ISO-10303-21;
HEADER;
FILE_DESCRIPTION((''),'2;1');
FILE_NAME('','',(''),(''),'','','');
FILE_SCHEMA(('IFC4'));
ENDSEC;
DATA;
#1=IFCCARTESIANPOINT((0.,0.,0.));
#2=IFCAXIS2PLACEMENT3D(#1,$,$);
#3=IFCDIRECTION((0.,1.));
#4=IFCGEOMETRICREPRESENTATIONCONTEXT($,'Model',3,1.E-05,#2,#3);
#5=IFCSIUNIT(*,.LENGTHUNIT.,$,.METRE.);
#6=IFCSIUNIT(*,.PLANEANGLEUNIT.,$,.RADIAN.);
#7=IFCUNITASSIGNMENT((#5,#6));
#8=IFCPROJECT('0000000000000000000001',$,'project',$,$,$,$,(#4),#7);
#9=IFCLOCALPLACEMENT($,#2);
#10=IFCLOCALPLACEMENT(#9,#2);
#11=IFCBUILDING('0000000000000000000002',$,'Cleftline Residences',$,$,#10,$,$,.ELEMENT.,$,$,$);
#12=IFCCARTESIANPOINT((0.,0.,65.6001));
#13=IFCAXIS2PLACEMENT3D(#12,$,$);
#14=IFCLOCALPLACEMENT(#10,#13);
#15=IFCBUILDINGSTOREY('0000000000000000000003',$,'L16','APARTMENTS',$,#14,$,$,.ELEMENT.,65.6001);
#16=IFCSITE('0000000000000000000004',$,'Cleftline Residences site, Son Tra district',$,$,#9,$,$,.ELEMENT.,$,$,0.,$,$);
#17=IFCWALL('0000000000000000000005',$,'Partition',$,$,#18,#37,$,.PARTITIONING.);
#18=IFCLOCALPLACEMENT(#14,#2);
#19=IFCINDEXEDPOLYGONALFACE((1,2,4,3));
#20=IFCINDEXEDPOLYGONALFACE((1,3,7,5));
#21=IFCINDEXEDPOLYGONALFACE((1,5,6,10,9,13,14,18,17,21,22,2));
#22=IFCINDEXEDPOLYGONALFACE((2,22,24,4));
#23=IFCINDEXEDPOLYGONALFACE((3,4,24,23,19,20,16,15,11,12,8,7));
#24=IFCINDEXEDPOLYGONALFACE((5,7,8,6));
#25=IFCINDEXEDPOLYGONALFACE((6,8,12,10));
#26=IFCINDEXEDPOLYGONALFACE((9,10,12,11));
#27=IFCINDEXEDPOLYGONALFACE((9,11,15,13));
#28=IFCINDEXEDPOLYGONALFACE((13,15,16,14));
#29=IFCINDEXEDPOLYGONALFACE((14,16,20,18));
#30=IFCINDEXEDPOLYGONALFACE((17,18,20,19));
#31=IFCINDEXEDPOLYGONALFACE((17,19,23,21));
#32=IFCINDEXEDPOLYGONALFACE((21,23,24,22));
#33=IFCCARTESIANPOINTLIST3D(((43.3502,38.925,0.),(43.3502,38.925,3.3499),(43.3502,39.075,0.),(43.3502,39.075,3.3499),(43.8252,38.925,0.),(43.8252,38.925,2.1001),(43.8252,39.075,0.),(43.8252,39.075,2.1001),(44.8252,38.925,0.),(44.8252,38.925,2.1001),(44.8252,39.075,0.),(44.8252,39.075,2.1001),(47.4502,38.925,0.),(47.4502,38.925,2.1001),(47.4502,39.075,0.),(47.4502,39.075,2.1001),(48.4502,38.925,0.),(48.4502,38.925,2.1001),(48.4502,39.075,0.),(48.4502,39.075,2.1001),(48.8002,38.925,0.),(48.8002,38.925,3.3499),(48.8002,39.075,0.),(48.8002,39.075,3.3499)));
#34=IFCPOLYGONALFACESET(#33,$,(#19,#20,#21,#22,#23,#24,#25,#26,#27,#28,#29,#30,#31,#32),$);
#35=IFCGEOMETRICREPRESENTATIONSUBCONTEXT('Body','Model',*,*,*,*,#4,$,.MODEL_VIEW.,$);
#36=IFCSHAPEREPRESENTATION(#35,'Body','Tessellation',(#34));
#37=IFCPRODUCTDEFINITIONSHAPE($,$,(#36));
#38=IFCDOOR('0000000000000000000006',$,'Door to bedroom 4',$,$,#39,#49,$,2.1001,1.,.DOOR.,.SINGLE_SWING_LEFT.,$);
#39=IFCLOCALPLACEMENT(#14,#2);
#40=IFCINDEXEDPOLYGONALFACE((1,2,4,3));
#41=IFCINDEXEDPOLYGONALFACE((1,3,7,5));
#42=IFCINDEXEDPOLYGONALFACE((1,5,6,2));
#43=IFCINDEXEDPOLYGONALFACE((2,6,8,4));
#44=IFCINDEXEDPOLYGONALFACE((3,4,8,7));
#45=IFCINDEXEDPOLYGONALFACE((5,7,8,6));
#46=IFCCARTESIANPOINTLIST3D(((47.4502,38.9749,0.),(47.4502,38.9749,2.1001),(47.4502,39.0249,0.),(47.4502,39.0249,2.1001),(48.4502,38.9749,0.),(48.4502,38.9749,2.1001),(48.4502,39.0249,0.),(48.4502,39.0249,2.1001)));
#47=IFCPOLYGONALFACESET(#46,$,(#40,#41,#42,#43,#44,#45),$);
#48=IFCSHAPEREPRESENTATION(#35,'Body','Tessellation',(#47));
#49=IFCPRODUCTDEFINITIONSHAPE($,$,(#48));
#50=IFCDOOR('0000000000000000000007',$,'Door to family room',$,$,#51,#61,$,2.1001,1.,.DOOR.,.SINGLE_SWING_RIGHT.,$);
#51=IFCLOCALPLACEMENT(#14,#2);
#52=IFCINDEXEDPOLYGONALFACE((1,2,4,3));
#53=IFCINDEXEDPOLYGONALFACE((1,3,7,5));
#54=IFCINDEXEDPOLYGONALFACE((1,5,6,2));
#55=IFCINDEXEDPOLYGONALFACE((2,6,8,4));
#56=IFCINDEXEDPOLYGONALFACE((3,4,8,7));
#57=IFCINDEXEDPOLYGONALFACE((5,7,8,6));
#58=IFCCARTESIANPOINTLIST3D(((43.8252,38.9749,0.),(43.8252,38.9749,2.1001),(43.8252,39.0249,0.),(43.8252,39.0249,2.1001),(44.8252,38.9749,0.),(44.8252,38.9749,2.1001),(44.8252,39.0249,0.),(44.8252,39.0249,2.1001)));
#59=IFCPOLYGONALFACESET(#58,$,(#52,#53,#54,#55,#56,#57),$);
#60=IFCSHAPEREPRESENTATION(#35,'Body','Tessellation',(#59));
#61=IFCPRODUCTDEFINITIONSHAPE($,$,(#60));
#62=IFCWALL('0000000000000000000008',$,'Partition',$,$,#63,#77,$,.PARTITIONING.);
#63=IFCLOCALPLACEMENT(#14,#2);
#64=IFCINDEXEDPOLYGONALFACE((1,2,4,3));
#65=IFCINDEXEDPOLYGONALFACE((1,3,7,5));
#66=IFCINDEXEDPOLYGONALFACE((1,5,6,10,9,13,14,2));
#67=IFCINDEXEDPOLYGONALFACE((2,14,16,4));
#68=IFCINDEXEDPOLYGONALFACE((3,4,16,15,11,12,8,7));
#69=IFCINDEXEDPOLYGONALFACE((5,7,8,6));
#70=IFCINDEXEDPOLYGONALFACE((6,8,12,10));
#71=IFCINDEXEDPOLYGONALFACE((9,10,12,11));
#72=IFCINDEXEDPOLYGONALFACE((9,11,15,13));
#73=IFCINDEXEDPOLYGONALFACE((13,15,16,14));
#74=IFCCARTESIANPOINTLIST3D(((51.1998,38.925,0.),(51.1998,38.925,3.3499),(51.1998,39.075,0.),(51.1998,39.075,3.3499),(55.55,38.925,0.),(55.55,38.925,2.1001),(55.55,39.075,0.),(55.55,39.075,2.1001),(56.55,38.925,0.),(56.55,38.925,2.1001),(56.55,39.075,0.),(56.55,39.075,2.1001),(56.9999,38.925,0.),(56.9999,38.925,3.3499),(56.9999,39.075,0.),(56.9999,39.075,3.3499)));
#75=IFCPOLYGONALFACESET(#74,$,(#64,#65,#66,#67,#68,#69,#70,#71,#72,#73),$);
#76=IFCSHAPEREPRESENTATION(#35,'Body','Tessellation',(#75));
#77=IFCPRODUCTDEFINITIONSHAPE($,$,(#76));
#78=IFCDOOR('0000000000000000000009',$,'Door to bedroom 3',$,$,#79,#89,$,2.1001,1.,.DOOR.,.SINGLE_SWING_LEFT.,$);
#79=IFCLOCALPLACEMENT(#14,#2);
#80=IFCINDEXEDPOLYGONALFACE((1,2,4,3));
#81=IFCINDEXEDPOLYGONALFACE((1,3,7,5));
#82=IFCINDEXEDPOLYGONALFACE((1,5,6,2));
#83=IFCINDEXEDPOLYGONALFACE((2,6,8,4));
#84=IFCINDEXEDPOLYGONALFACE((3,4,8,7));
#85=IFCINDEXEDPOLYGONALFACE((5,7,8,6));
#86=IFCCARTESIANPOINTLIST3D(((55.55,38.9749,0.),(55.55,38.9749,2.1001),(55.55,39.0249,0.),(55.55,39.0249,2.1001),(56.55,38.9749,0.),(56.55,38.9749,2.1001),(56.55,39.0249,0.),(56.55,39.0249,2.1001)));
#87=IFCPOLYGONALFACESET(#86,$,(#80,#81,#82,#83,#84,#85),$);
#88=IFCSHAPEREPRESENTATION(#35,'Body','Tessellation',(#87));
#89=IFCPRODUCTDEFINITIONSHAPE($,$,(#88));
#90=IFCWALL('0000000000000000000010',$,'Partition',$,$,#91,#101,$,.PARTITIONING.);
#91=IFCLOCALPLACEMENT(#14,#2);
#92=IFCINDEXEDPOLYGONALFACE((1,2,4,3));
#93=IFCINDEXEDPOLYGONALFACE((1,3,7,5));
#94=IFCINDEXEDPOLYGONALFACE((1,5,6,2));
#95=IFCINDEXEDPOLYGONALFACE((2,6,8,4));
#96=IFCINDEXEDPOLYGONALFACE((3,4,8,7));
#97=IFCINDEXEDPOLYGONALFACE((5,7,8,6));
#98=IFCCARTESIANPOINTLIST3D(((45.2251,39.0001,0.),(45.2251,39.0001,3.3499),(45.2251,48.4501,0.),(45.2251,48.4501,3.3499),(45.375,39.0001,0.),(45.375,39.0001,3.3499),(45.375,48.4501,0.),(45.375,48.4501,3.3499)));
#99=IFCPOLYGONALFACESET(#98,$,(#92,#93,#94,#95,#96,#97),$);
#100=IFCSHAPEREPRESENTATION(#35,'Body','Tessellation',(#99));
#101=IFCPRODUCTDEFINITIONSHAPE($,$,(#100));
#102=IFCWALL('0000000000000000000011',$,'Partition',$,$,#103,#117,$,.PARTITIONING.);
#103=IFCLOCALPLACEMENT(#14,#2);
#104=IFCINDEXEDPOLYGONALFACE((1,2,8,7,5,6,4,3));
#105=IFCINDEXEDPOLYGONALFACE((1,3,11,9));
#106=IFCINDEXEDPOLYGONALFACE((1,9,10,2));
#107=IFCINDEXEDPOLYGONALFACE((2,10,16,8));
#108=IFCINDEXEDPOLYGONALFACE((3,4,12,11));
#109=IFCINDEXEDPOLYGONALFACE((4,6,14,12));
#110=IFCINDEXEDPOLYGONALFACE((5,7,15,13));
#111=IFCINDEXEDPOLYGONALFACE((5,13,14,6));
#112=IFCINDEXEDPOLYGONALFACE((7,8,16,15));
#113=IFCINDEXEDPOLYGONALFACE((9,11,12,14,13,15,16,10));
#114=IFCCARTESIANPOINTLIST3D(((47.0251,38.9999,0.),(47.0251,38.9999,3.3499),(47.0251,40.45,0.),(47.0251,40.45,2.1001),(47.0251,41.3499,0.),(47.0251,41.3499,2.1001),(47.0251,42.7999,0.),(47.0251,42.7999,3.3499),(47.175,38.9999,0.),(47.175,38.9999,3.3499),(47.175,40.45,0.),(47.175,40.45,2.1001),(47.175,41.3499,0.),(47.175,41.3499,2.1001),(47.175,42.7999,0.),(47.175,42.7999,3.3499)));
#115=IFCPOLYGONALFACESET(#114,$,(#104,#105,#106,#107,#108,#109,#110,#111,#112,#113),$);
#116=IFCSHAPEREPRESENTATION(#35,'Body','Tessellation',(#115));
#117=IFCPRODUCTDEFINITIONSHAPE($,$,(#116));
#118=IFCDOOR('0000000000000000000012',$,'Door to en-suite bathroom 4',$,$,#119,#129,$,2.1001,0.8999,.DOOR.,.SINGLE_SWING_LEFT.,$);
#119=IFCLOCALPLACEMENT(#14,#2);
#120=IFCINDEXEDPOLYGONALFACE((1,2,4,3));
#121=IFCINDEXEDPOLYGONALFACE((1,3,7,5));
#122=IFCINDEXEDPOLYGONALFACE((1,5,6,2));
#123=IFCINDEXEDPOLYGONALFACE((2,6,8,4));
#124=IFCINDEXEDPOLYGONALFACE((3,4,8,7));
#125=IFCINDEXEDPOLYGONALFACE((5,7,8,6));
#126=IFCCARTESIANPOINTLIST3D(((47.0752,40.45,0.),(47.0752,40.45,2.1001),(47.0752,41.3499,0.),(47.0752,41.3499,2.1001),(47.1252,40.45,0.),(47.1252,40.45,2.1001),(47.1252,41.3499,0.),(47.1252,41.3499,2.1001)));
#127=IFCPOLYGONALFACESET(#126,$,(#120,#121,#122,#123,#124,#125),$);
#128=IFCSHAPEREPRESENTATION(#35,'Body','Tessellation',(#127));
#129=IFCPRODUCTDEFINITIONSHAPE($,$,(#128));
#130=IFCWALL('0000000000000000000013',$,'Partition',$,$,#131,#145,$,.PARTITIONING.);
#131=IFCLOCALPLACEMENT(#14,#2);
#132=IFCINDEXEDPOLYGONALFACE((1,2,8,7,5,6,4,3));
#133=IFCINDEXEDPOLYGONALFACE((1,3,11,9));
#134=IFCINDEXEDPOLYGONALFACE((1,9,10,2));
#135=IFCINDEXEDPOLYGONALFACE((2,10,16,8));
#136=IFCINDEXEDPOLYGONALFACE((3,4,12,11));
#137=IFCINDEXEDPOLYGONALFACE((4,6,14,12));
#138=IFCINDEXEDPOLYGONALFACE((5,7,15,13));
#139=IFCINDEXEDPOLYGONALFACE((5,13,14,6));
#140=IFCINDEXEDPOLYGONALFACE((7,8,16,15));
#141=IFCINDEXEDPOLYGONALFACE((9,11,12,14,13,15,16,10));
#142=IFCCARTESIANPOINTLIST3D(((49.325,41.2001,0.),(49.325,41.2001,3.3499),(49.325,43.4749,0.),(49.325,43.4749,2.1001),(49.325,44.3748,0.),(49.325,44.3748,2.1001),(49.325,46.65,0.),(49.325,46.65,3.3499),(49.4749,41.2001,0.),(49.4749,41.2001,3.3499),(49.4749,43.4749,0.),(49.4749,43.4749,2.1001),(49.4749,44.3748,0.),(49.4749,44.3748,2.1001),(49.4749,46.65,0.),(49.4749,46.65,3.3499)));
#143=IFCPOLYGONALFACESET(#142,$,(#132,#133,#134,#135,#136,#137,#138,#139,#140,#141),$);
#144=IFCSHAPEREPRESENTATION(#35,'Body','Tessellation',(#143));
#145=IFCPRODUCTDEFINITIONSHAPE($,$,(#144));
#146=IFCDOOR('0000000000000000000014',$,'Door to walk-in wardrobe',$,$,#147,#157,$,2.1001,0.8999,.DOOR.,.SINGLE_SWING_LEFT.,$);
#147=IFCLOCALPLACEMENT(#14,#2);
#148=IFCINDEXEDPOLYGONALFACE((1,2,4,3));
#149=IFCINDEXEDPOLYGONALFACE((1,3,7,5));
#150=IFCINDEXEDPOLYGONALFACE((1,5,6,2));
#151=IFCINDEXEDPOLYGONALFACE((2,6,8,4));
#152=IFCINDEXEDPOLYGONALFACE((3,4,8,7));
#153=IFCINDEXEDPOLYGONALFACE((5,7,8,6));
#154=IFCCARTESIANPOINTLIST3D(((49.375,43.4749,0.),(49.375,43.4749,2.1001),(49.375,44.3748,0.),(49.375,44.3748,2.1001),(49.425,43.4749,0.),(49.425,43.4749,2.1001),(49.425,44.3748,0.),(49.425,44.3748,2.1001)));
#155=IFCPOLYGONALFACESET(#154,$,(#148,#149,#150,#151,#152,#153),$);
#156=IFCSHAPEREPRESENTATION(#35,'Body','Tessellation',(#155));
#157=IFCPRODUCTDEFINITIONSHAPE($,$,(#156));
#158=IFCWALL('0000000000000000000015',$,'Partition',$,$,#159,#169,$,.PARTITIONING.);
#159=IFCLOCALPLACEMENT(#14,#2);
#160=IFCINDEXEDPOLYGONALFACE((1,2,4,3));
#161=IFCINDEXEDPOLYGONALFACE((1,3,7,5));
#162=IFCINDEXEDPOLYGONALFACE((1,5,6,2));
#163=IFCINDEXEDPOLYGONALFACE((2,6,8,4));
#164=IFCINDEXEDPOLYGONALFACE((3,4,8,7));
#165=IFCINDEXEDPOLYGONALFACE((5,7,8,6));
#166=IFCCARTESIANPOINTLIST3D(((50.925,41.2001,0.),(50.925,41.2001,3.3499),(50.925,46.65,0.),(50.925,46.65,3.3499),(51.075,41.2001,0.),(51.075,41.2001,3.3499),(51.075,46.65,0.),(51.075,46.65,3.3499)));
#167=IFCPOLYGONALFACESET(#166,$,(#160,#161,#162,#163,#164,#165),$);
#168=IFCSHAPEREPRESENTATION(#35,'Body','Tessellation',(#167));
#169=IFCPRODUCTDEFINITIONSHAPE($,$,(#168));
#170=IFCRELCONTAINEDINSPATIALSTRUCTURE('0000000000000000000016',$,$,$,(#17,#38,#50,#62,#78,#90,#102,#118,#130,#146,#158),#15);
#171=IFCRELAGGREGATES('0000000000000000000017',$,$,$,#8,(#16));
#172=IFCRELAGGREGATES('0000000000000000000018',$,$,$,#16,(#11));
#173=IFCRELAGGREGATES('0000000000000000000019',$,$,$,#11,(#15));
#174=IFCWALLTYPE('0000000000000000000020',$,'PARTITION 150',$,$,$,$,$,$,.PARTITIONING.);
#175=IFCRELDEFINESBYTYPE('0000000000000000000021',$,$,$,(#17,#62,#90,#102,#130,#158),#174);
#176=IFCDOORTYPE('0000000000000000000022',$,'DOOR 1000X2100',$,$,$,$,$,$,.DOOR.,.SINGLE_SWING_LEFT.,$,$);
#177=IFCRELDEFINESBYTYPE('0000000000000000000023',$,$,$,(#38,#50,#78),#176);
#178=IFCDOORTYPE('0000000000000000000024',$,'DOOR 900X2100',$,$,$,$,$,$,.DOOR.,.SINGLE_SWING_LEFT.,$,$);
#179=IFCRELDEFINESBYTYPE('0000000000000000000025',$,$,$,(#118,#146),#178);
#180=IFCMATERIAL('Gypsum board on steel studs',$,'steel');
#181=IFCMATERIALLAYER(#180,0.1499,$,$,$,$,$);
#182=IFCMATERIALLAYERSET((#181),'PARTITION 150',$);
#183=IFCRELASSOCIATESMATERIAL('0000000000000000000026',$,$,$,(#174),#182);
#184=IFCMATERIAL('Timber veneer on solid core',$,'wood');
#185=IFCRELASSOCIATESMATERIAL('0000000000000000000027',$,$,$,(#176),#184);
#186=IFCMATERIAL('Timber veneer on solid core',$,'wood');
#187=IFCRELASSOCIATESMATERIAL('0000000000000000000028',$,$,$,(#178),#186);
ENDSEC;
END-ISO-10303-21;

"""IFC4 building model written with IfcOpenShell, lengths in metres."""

from ifc_helpers import new_model, si_unit, direction, frame, frame_2d, origin, place, context, subcontext, project, spatial, rectangle, extrude, material, layer, layer_set, type_object, element, fill, save


model = new_model("IFC4")

# Units and contexts
model_context = context("Model", 3, precision=1e-05, world=origin(), true_north=direction((0.0, 1.0)))
body_context = subcontext(model_context, "Body", "Model", "MODEL_VIEW")
ifc_project = project(units=[si_unit("LENGTHUNIT", "METRE"), si_unit("PLANEANGLEUNIT", "RADIAN")], contexts=[model_context])

# Site, building, storey
site_placement = place(None, origin())
site = spatial("IfcSite", under=ifc_project, at=site_placement, Name="Cleftline Residences site, Son Tra district", CompositionType="ELEMENT", RefElevation=0.0)
building_placement = place(site_placement, origin())
building = spatial("IfcBuilding", under=site, at=building_placement, Name="Cleftline Residences", CompositionType="ELEMENT")
storey_placement = place(building_placement, frame((0.0, 0.0, 65.6001)))
storey = spatial("IfcBuildingStorey", under=building, at=storey_placement, Name="L16", Description="APARTMENTS", CompositionType="ELEMENT", Elevation=65.6001)

# Wall, openings, doors
ifc_material_1 = material(Name="Gypsum board on steel studs", Category="steel")
ifc_layer_1 = layer(ifc_material_1, 0.1499)
ifc_layer_set_1 = layer_set([ifc_layer_1], Name="PARTITION 150")
wall_type = type_object("IfcWallType", Name="PARTITION 150", PredefinedType="PARTITIONING", material=ifc_layer_set_1)
ifc_material_2 = material(Name="Timber veneer on solid core", Category="wood")
door_type_1 = type_object("IfcDoorType", Name="DOOR 1000X2100", OperationType="SINGLE_SWING_LEFT", PredefinedType="DOOR", material=ifc_material_2)
ifc_material_3 = material(Name="Timber veneer on solid core", Category="wood")
door_type_2 = type_object("IfcDoorType", Name="DOOR 900X2100", OperationType="SINGLE_SWING_LEFT", PredefinedType="DOOR", material=ifc_material_3)
wall_1_placement = place(storey_placement, frame((43.3501, 39.0, 0.0), z_axis=(0.0, 0.0, 1.0), x_axis=(1.0, 0.0, 0.0)))
wall_1 = element("IfcWall", 1, at=wall_1_placement, inside=storey, type_object=wall_type, Name="Partition", PredefinedType="PARTITIONING", context=body_context, shape_type="SweptSolid", body=[
    extrude(rectangle(XDim=5.45, YDim=0.1499, at=frame_2d((2.7251, 0.0))), origin(), (0.0, 0.0, 1.0), 3.3499),
])
opening_1_placement = place(wall_1_placement, frame((4.1001, 0.0, 0.0)))
opening_1 = element("IfcOpeningElement", 2, at=opening_1_placement, cuts=wall_1, PredefinedType="OPENING", context=body_context, shape_type="SweptSolid", body=[
    extrude(rectangle(XDim=1.0, YDim=2.1001, at=frame_2d((0.5, 1.05))), frame((0.0, 0.085, 0.0), z_axis=(0.0, -1.0, 0.0), x_axis=(1.0, 0.0, 0.0)), (0.0, 0.0, 1.0), 0.1699),
])
opening_2_placement = place(wall_1_placement, frame((0.4751, 0.0, 0.0)))
opening_2 = element("IfcOpeningElement", 3, at=opening_2_placement, cuts=wall_1, PredefinedType="OPENING", context=body_context, shape_type="SweptSolid", body=[
    extrude(rectangle(XDim=1.0, YDim=2.1001, at=frame_2d((0.5, 1.05))), frame((0.0, 0.085, 0.0), z_axis=(0.0, -1.0, 0.0), x_axis=(1.0, 0.0, 0.0)), (0.0, 0.0, 1.0), 0.1699),
])
door_1_placement = place(opening_1_placement, origin())
door_1 = element("IfcDoor", 4, at=door_1_placement, inside=storey, type_object=door_type_1, Name="Door to bedroom 4", OperationType="SINGLE_SWING_LEFT", OverallHeight=2.1001, OverallWidth=1.0, PredefinedType="DOOR", context=body_context, shape_type="SweptSolid", body=[
    extrude(rectangle(XDim=1.0, YDim=2.1001, at=frame_2d((0.5, 1.05))), frame((0.0, 0.0249, 0.0), z_axis=(0.0, -1.0, 0.0), x_axis=(1.0, 0.0, 0.0)), (0.0, 0.0, 1.0), 0.05),
])
fill(opening_1, door_1)
door_2_placement = place(opening_2_placement, origin())
door_2 = element("IfcDoor", 5, at=door_2_placement, inside=storey, type_object=door_type_1, Name="Door to family room", OperationType="SINGLE_SWING_RIGHT", OverallHeight=2.1001, OverallWidth=1.0, PredefinedType="DOOR", context=body_context, shape_type="SweptSolid", body=[
    extrude(rectangle(XDim=1.0, YDim=2.1001, at=frame_2d((0.5, 1.05))), frame((0.0, 0.0249, 0.0), z_axis=(0.0, -1.0, 0.0), x_axis=(1.0, 0.0, 0.0)), (0.0, 0.0, 1.0), 0.05),
])
fill(opening_2, door_2)

# Wall, opening, door
wall_2_placement = place(storey_placement, frame((51.2, 39.0, 0.0), z_axis=(0.0, 0.0, 1.0), x_axis=(1.0, 0.0, 0.0)))
wall_2 = element("IfcWall", 6, at=wall_2_placement, inside=storey, type_object=wall_type, Name="Partition", PredefinedType="PARTITIONING", context=body_context, shape_type="SweptSolid", body=[
    extrude(rectangle(XDim=5.8, YDim=0.1499, at=frame_2d((2.8999, 0.0))), origin(), (0.0, 0.0, 1.0), 3.3499),
])
opening_3_placement = place(wall_2_placement, frame((4.3501, 0.0, 0.0)))
opening_3 = element("IfcOpeningElement", 7, at=opening_3_placement, cuts=wall_2, PredefinedType="OPENING", context=body_context, shape_type="SweptSolid", body=[
    extrude(rectangle(XDim=1.0, YDim=2.1001, at=frame_2d((0.5, 1.05))), frame((0.0, 0.085, 0.0), z_axis=(0.0, -1.0, 0.0), x_axis=(1.0, 0.0, 0.0)), (0.0, 0.0, 1.0), 0.1699),
])
door_3_placement = place(opening_3_placement, origin())
door_3 = element("IfcDoor", 8, at=door_3_placement, inside=storey, type_object=door_type_1, Name="Door to bedroom 3", OperationType="SINGLE_SWING_LEFT", OverallHeight=2.1001, OverallWidth=1.0, PredefinedType="DOOR", context=body_context, shape_type="SweptSolid", body=[
    extrude(rectangle(XDim=1.0, YDim=2.1001, at=frame_2d((0.5, 1.05))), frame((0.0, 0.0249, 0.0), z_axis=(0.0, -1.0, 0.0), x_axis=(1.0, 0.0, 0.0)), (0.0, 0.0, 1.0), 0.05),
])
fill(opening_3, door_3)

# Wall
wall_3_placement = place(storey_placement, frame((45.3, 39.0, 0.0), z_axis=(0.0, 0.0, 1.0), x_axis=(0.0, 1.0, 0.0)))
element("IfcWall", 9, at=wall_3_placement, inside=storey, type_object=wall_type, Name="Partition", PredefinedType="PARTITIONING", context=body_context, shape_type="SweptSolid", body=[
    extrude(rectangle(XDim=9.45, YDim=0.1499, at=frame_2d((4.7251, 0.0))), origin(), (0.0, 0.0, 1.0), 3.3499),
])

# Walls, openings, doors
wall_4_placement = place(storey_placement, frame((47.1001, 39.0, 0.0), z_axis=(0.0, 0.0, 1.0), x_axis=(0.0, 1.0, 0.0)))
wall_4 = element("IfcWall", 10, at=wall_4_placement, inside=storey, type_object=wall_type, Name="Partition", PredefinedType="PARTITIONING", context=body_context, shape_type="SweptSolid", body=[
    extrude(rectangle(XDim=3.8, YDim=0.1499, at=frame_2d((1.8999, 0.0))), origin(), (0.0, 0.0, 1.0), 3.3499),
])
opening_4_placement = place(wall_4_placement, frame((1.45, 0.0, 0.0)))
opening_4 = element("IfcOpeningElement", 11, at=opening_4_placement, cuts=wall_4, PredefinedType="OPENING", context=body_context, shape_type="SweptSolid", body=[
    extrude(rectangle(XDim=0.8999, YDim=2.1001, at=frame_2d((0.45, 1.05))), frame((0.0, 0.085, 0.0), z_axis=(0.0, -1.0, 0.0), x_axis=(1.0, 0.0, 0.0)), (0.0, 0.0, 1.0), 0.1699),
])
door_4_placement = place(opening_4_placement, origin())
door_4 = element("IfcDoor", 12, at=door_4_placement, inside=storey, type_object=door_type_2, Name="Door to en-suite bathroom 4", OperationType="SINGLE_SWING_LEFT", OverallHeight=2.1001, OverallWidth=0.8999, PredefinedType="DOOR", context=body_context, shape_type="SweptSolid", body=[
    extrude(rectangle(XDim=0.8999, YDim=2.1001, at=frame_2d((0.45, 1.05))), frame((0.0, 0.0249, 0.0), z_axis=(0.0, -1.0, 0.0), x_axis=(1.0, 0.0, 0.0)), (0.0, 0.0, 1.0), 0.05),
])
fill(opening_4, door_4)
wall_5_placement = place(storey_placement, frame((49.3999, 41.2, 0.0), z_axis=(0.0, 0.0, 1.0), x_axis=(0.0, 1.0, 0.0)))
wall_5 = element("IfcWall", 13, at=wall_5_placement, inside=storey, type_object=wall_type, Name="Partition", PredefinedType="PARTITIONING", context=body_context, shape_type="SweptSolid", body=[
    extrude(rectangle(XDim=5.45, YDim=0.1499, at=frame_2d((2.7251, 0.0))), origin(), (0.0, 0.0, 1.0), 3.3499),
])
opening_5_placement = place(wall_5_placement, frame((2.2749, 0.0, 0.0)))
opening_5 = element("IfcOpeningElement", 14, at=opening_5_placement, cuts=wall_5, PredefinedType="OPENING", context=body_context, shape_type="SweptSolid", body=[
    extrude(rectangle(XDim=0.8999, YDim=2.1001, at=frame_2d((0.45, 1.05))), frame((0.0, 0.085, 0.0), z_axis=(0.0, -1.0, 0.0), x_axis=(1.0, 0.0, 0.0)), (0.0, 0.0, 1.0), 0.1699),
])
door_5_placement = place(opening_5_placement, origin())
door_5 = element("IfcDoor", 15, at=door_5_placement, inside=storey, type_object=door_type_2, Name="Door to walk-in wardrobe", OperationType="SINGLE_SWING_LEFT", OverallHeight=2.1001, OverallWidth=0.8999, PredefinedType="DOOR", context=body_context, shape_type="SweptSolid", body=[
    extrude(rectangle(XDim=0.8999, YDim=2.1001, at=frame_2d((0.45, 1.05))), frame((0.0, 0.0249, 0.0), z_axis=(0.0, -1.0, 0.0), x_axis=(1.0, 0.0, 0.0)), (0.0, 0.0, 1.0), 0.05),
])
fill(opening_5, door_5)

# Wall
wall_6_placement = place(storey_placement, frame((51.0, 41.2, 0.0), z_axis=(0.0, 0.0, 1.0), x_axis=(0.0, 1.0, 0.0)))
element("IfcWall", 16, at=wall_6_placement, inside=storey, type_object=wall_type, Name="Partition", PredefinedType="PARTITIONING", context=body_context, shape_type="SweptSolid", body=[
    extrude(rectangle(XDim=5.45, YDim=0.1499, at=frame_2d((2.7251, 0.0))), origin(), (0.0, 0.0, 1.0), 3.3499),
])

save(model, "model.ifc")
